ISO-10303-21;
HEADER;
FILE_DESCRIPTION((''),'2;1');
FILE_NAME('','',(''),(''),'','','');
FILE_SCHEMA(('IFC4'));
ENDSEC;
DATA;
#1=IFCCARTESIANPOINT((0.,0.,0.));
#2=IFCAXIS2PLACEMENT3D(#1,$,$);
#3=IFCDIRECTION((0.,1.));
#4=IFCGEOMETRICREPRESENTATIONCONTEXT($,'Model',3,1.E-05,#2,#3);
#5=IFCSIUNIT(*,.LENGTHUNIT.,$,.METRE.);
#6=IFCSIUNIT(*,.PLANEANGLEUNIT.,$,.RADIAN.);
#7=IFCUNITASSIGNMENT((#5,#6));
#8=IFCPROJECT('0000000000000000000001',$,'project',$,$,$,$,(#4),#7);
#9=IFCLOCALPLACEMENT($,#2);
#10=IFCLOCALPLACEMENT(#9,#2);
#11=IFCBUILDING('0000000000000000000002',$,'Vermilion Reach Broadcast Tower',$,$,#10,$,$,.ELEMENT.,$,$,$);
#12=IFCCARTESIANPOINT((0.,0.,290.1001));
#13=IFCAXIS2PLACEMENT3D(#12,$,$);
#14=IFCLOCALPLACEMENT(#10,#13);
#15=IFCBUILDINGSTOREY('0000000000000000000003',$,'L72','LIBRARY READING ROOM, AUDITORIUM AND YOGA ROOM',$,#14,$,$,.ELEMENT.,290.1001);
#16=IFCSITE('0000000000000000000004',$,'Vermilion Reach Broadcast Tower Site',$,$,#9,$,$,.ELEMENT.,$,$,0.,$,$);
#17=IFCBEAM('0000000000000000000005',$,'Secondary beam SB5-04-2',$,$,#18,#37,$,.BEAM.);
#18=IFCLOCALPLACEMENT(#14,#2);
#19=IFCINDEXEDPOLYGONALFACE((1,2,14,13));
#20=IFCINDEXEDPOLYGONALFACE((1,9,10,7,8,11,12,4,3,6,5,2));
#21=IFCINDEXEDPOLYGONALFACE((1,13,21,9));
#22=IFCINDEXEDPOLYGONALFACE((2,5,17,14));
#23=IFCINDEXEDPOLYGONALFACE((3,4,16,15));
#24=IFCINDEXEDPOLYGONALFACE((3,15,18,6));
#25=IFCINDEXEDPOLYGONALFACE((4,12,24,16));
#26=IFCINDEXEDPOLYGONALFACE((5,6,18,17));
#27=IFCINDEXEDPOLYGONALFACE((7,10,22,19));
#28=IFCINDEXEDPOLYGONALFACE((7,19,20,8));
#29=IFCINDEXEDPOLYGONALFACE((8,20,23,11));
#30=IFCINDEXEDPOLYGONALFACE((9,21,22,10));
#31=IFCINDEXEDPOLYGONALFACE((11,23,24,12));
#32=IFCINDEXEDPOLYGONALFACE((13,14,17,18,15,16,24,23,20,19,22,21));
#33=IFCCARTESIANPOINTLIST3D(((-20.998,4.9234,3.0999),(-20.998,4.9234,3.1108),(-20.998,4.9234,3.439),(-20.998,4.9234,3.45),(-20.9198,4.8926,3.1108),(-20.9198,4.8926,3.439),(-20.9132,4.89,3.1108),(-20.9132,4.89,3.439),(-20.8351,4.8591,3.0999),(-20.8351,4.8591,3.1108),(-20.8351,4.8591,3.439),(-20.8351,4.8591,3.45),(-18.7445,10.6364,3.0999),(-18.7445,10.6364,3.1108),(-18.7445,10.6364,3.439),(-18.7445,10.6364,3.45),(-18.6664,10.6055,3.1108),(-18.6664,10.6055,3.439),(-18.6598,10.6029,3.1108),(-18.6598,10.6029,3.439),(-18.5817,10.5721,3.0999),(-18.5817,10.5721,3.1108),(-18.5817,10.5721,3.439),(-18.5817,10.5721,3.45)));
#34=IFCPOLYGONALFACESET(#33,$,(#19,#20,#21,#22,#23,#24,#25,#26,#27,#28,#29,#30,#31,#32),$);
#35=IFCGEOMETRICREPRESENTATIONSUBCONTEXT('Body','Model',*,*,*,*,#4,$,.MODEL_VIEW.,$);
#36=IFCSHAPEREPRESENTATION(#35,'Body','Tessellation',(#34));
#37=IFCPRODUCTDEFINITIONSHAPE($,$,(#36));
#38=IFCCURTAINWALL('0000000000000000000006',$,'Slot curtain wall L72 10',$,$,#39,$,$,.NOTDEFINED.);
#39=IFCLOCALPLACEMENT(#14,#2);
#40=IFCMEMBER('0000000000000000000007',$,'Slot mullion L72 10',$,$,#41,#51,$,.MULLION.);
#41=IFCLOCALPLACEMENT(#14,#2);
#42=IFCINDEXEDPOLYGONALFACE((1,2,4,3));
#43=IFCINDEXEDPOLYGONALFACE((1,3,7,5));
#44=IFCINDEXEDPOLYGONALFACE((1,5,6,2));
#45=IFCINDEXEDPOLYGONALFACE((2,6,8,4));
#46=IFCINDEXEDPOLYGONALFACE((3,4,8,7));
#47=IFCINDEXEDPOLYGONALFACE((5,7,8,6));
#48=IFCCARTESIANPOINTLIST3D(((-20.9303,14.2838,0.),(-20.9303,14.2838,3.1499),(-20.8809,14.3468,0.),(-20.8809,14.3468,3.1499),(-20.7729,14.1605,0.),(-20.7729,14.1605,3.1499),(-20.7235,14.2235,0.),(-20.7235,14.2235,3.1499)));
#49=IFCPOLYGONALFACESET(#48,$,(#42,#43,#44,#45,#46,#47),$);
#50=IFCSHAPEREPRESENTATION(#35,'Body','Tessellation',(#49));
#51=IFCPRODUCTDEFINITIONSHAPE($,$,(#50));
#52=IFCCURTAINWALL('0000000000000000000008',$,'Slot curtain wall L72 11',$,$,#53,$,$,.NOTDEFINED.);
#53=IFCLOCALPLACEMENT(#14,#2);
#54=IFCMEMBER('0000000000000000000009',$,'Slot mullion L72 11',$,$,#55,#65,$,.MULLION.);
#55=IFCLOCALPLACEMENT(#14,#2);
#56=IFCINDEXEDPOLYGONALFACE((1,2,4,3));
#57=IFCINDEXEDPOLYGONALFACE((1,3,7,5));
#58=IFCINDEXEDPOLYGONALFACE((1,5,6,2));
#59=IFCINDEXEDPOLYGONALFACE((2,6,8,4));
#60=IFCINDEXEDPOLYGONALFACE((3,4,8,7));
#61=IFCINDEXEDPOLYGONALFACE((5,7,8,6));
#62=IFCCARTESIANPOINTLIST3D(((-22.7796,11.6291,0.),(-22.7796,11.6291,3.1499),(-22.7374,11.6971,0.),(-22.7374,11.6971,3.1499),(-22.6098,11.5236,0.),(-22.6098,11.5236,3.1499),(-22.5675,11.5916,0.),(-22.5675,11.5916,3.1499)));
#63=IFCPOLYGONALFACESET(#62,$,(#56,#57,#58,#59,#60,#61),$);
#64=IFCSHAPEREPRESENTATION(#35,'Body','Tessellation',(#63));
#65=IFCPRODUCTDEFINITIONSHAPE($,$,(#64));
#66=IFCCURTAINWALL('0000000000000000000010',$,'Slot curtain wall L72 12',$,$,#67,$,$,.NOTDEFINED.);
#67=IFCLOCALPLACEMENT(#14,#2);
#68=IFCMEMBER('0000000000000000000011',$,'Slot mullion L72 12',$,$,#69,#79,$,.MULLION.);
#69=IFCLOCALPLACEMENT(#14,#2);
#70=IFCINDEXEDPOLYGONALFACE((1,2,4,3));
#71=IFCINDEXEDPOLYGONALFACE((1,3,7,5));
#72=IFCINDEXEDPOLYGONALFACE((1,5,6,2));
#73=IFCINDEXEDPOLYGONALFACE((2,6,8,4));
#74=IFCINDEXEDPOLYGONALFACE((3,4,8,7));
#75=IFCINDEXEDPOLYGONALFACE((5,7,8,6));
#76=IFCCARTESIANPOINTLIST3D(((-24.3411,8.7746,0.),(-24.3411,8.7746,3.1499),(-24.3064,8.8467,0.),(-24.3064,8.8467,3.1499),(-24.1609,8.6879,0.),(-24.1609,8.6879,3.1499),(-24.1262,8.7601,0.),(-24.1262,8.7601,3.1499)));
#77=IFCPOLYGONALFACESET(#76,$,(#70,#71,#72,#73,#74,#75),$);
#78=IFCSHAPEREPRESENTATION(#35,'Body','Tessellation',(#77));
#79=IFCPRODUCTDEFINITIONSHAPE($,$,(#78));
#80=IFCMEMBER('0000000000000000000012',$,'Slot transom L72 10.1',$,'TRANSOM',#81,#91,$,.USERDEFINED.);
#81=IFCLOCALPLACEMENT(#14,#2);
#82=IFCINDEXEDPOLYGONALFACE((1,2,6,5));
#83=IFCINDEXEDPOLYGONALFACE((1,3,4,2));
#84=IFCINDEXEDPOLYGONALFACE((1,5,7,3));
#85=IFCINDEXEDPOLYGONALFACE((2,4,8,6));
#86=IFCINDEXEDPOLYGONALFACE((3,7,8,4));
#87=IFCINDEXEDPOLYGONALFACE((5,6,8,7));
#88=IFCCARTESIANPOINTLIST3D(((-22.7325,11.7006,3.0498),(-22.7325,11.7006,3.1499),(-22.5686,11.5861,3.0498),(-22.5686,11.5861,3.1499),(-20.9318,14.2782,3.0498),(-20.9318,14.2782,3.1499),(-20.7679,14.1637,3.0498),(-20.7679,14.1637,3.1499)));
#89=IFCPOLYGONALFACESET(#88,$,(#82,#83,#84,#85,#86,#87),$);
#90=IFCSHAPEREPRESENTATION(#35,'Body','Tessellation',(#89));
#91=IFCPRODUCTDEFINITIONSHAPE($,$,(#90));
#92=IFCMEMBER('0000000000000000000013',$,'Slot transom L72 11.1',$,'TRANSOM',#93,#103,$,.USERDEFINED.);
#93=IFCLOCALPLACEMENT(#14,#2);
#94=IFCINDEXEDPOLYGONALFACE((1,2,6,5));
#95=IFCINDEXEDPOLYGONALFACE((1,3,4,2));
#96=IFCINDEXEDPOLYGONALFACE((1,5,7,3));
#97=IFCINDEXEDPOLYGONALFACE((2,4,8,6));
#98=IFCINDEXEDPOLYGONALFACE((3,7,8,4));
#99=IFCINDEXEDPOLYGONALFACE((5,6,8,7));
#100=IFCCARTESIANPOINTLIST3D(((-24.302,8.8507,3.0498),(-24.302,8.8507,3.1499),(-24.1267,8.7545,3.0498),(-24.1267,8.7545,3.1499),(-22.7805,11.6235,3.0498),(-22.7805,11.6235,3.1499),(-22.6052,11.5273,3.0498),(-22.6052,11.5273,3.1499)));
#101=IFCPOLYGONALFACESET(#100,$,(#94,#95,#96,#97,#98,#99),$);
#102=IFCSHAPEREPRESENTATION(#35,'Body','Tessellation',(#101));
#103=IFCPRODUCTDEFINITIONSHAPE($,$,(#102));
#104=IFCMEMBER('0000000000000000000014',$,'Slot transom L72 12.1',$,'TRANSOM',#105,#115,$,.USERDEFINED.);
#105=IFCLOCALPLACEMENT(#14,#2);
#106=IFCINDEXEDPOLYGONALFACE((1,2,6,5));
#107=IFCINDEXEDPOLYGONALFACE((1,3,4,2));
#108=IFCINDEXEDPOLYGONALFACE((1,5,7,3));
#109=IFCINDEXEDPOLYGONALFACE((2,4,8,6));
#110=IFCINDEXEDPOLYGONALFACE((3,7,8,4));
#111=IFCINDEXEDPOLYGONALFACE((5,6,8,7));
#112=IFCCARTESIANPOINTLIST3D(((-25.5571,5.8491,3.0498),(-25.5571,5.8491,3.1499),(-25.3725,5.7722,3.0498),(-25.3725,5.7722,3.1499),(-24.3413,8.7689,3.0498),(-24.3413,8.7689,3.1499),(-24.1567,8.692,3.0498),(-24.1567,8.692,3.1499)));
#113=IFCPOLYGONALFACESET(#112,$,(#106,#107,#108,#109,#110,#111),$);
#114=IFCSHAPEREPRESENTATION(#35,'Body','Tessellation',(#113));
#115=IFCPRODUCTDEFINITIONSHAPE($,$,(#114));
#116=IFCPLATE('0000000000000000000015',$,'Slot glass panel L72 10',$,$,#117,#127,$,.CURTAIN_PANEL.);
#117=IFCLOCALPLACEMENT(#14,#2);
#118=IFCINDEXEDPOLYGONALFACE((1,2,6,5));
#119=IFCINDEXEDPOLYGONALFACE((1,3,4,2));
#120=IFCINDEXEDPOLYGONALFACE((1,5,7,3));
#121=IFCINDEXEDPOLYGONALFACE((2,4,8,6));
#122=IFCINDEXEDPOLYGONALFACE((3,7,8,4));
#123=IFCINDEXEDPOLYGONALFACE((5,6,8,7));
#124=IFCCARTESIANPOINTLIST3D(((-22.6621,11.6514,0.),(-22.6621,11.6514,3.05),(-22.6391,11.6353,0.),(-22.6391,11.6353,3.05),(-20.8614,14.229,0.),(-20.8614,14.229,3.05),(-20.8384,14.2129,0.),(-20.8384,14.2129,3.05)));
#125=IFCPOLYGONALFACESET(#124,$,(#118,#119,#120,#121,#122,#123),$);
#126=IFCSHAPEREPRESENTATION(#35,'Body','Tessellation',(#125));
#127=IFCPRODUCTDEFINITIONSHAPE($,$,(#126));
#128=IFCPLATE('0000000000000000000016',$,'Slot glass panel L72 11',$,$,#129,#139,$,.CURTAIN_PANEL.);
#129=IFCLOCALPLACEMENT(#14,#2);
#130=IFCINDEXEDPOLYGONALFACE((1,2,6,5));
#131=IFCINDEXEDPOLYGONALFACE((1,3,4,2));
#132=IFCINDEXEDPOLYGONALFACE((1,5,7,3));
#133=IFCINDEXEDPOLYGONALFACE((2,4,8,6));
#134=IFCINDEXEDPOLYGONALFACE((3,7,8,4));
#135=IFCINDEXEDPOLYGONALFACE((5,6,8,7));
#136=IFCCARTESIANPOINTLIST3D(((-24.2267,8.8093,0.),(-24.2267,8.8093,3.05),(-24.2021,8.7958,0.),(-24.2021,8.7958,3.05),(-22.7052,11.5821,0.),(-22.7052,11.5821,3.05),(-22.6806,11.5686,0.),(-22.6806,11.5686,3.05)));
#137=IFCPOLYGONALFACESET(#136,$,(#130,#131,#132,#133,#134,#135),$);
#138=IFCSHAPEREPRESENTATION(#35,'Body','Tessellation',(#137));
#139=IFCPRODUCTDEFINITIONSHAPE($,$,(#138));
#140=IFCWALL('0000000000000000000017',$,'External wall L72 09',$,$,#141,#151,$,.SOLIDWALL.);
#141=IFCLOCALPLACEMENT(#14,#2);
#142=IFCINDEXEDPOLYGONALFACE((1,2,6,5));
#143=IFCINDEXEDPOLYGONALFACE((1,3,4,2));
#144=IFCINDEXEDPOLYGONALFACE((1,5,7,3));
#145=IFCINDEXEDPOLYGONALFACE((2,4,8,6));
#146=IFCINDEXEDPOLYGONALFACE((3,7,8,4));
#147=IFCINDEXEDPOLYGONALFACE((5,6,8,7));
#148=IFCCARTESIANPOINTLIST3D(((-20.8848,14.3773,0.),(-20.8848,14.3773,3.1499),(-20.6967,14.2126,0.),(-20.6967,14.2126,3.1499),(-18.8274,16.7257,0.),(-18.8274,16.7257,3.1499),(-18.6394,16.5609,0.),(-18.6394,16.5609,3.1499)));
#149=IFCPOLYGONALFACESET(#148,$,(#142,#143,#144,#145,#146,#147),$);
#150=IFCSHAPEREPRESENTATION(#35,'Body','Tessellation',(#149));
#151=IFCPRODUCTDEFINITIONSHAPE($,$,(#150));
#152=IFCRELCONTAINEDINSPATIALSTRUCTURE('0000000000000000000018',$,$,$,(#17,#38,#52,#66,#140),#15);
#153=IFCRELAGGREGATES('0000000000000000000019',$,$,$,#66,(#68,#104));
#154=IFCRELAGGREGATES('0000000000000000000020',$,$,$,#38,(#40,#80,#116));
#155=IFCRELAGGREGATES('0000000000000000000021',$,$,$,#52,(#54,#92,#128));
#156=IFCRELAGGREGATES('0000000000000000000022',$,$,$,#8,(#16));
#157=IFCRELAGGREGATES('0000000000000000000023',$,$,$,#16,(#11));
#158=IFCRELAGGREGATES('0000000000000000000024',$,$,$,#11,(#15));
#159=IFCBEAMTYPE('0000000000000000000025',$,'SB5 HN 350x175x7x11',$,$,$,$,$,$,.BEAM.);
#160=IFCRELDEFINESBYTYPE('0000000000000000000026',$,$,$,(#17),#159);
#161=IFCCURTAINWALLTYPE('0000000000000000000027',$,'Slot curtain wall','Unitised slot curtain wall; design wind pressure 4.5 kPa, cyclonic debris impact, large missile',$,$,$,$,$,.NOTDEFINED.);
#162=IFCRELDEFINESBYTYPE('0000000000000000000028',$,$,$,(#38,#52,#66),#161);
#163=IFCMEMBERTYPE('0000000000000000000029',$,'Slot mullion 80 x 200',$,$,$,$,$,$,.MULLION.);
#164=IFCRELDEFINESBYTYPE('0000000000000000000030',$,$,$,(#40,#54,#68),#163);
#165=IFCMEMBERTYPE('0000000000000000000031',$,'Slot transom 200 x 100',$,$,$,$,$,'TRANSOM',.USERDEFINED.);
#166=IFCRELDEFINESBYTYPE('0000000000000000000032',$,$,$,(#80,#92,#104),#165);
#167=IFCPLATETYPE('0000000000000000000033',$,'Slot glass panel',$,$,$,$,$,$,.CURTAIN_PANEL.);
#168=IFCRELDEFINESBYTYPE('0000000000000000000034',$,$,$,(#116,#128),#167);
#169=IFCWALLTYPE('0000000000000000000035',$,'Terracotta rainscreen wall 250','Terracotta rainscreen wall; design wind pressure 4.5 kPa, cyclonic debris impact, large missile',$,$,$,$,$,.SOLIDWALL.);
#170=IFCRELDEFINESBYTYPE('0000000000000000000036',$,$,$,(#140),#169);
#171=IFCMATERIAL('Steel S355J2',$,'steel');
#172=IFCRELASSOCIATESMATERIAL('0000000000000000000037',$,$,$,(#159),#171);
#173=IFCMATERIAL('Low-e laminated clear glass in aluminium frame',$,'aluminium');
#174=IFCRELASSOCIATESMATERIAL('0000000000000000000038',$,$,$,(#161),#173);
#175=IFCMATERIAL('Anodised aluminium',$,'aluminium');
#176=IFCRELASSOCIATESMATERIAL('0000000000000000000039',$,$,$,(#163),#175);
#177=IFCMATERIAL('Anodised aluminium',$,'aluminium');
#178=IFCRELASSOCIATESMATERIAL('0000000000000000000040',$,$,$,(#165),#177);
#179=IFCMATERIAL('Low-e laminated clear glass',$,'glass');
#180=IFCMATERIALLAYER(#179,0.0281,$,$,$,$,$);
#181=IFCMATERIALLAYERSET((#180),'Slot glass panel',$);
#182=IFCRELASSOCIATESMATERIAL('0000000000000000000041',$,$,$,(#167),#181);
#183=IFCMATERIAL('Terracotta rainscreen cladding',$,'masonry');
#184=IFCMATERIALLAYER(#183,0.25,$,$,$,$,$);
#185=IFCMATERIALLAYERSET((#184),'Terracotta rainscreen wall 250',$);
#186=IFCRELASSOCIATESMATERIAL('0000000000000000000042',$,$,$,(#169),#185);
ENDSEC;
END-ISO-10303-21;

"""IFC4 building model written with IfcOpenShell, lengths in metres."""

from ifc_helpers import new_model, si_unit, direction, frame, frame_2d, origin, origin_2d, place, context, subcontext, project, spatial, rectangle, i_section, extrude, material, layer, layer_set, material_profile, profile_set, type_object, element, aggregate, save


model = new_model("IFC4")

# Units and contexts
model_context = context("Model", 3, precision=1e-05, world=origin(), true_north=direction((0.0, 1.0)))
body_context = subcontext(model_context, "Body", "Model", "MODEL_VIEW")
ifc_project = project(units=[si_unit("LENGTHUNIT", "METRE"), si_unit("PLANEANGLEUNIT", "RADIAN")], contexts=[model_context])

# Site, building, storey
site_placement = place(None, origin())
site = spatial("IfcSite", under=ifc_project, at=site_placement, Name="Vermilion Reach Broadcast Tower Site", CompositionType="ELEMENT", RefElevation=0.0)
building_placement = place(site_placement, origin())
building = spatial("IfcBuilding", under=site, at=building_placement, Name="Vermilion Reach Broadcast Tower", CompositionType="ELEMENT")
storey_placement = place(building_placement, frame((0.0, 0.0, 290.1001)))
storey = spatial("IfcBuildingStorey", under=building, at=storey_placement, Name="L72", Description="LIBRARY READING ROOM, AUDITORIUM AND YOGA ROOM", CompositionType="ELEMENT", Elevation=290.1001)

# Beam
ifc_material_1 = material(Name="Steel S355J2", Category="steel")
ifc_material_profile_1 = material_profile(ifc_material_1, i_section(OverallWidth=0.175, OverallDepth=0.3501, WebThickness=0.0071, FlangeThickness=0.011, at=origin_2d()), Name="S355J2 HN 350x175x7x11")
ifc_profile_set_1 = profile_set([ifc_material_profile_1], Name="Steel S355J2")
beam_type_1 = type_object("IfcBeamType", Name="SB5 HN 350x175x7x11", PredefinedType="BEAM", material=ifc_profile_set_1)
beam_1_placement = place(storey_placement, frame((-18.6631, 10.6042, 3.2749), z_axis=(-0.366931, -0.930248, 0.0), x_axis=(0.930248, -0.366931, 0.0)))
element("IfcBeam", 1, at=beam_1_placement, inside=storey, type_object=beam_type_1, Name="Secondary beam SB5-04-2", PredefinedType="BEAM", context=body_context, shape_type="SweptSolid", body=[
    extrude(i_section(OverallWidth=0.175, OverallDepth=0.3501, WebThickness=0.0071, FlangeThickness=0.011, at=origin_2d()), origin(), (0.0, 0.0, 1.0), 6.1414),
])

# Curtain walls, members
ifc_material_2 = material(Name="Low-e laminated clear glass in aluminium frame", Category="aluminium")
curtain_wall_type = type_object("IfcCurtainWallType", Name="Slot curtain wall", Description="Unitised slot curtain wall; design wind pressure 4.5 kPa, cyclonic debris impact, large missile", PredefinedType="NOTDEFINED", material=ifc_material_2)
placement = place(storey_placement, origin())
curtain_wall_1 = element("IfcCurtainWall", 2, at=placement, inside=storey, type_object=curtain_wall_type, Name="Slot curtain wall L72 10", PredefinedType="NOTDEFINED")
ifc_material_3 = material(Name="Anodised aluminium", Category="aluminium")
ifc_material_profile_2 = material_profile(ifc_material_3, rectangle(XDim=0.2, YDim=0.0801, at=origin_2d()), Name="Slot mullion 80 x 200")
ifc_profile_set_2 = profile_set([ifc_material_profile_2], Name="Anodised aluminium")
member_type_1 = type_object("IfcMemberType", Name="Slot mullion 80 x 200", PredefinedType="MULLION", material=ifc_profile_set_2)
member_1_placement = place(storey_placement, frame((-20.8269, 14.2537, 0.0), z_axis=(0.0, 0.0, 1.0), x_axis=(0.78714, -0.616775, 0.0)))
member_1 = element("IfcMember", 3, at=member_1_placement, type_object=member_type_1, Name="Slot mullion L72 10", PredefinedType="MULLION", context=body_context, shape_type="SweptSolid", body=[
    extrude(rectangle(XDim=0.2, YDim=0.0801, at=origin_2d()), origin(), (0.0, 0.0, 1.0), 3.1499),
])
curtain_wall_2 = element("IfcCurtainWall", 4, at=placement, inside=storey, type_object=curtain_wall_type, Name="Slot curtain wall L72 11", PredefinedType="NOTDEFINED")
member_2_placement = place(storey_placement, frame((-22.6736, 11.6104, 0.0), z_axis=(0.0, 0.0, 1.0), x_axis=(0.84947, -0.527637, 0.0)))
member_2 = element("IfcMember", 5, at=member_2_placement, type_object=member_type_1, Name="Slot mullion L72 11", PredefinedType="MULLION", context=body_context, shape_type="SweptSolid", body=[
    extrude(rectangle(XDim=0.2, YDim=0.0801, at=origin_2d()), origin(), (0.0, 0.0, 1.0), 3.1499),
])
curtain_wall_3 = element("IfcCurtainWall", 6, at=placement, inside=storey, type_object=curtain_wall_type, Name="Slot curtain wall L72 12", PredefinedType="NOTDEFINED")
member_3_placement = place(storey_placement, frame((-24.2336, 8.7673, 0.0), z_axis=(0.0, 0.0, 1.0), x_axis=(0.901228, -0.433344, 0.0)))
member_3 = element("IfcMember", 7, at=member_3_placement, type_object=member_type_1, Name="Slot mullion L72 12", PredefinedType="MULLION", context=body_context, shape_type="SweptSolid", body=[
    extrude(rectangle(XDim=0.2, YDim=0.0801, at=origin_2d()), origin(), (0.0, 0.0, 1.0), 3.1499),
])

# Members
ifc_material_4 = material(Name="Anodised aluminium", Category="aluminium")
ifc_material_profile_3 = material_profile(ifc_material_4, rectangle(XDim=0.2, YDim=0.1001, at=origin_2d()), Name="Slot transom 200 x 100")
ifc_profile_set_3 = profile_set([ifc_material_profile_3], Name="Anodised aluminium")
member_type_2 = type_object("IfcMemberType", Name="Slot transom 200 x 100", ElementType="TRANSOM", PredefinedType="USERDEFINED", material=ifc_profile_set_3)
member_4_placement = place(storey_placement, frame((-20.8499, 14.2209, 3.0999), z_axis=(-0.572701, -0.819764, 0.0), x_axis=(0.819764, -0.572701, 0.0)))
member_4 = element("IfcMember", 8, at=member_4_placement, type_object=member_type_2, Name="Slot transom L72 10.1", ObjectType="TRANSOM", PredefinedType="USERDEFINED", context=body_context, shape_type="SweptSolid", body=[
    extrude(rectangle(XDim=0.2, YDim=0.1001, at=origin_2d()), origin(), (0.0, 0.0, 1.0), 3.1443),
])
member_5_placement = place(storey_placement, frame((-22.6929, 11.5754, 3.0999), z_axis=(-0.481036, -0.876701, 0.0), x_axis=(0.876701, -0.481036, 0.0)))
member_5 = element("IfcMember", 9, at=member_5_placement, type_object=member_type_2, Name="Slot transom L72 11.1", ObjectType="TRANSOM", PredefinedType="USERDEFINED", context=body_context, shape_type="SweptSolid", body=[
    extrude(rectangle(XDim=0.2, YDim=0.1001, at=origin_2d()), origin(), (0.0, 0.0, 1.0), 3.1628),
])
member_6_placement = place(storey_placement, frame((-24.249, 8.7305, 3.0999), z_axis=(-0.384396, -0.923168, 0.0), x_axis=(0.923168, -0.384396, 0.0)))
member_6 = element("IfcMember", 10, at=member_6_placement, type_object=member_type_2, Name="Slot transom L72 12.1", ObjectType="TRANSOM", PredefinedType="USERDEFINED", context=body_context, shape_type="SweptSolid", body=[
    extrude(rectangle(XDim=0.2, YDim=0.1001, at=origin_2d()), origin(), (0.0, 0.0, 1.0), 3.1628),
])
aggregate(curtain_wall_3, [member_3, member_6])

# Plates
ifc_material_5 = material(Name="Low-e laminated clear glass", Category="glass")
ifc_layer_1 = layer(ifc_material_5, 0.0281)
ifc_layer_set_1 = layer_set([ifc_layer_1], Name="Slot glass panel")
plate_type = type_object("IfcPlateType", Name="Slot glass panel", PredefinedType="CURTAIN_PANEL", material=ifc_layer_set_1)
plate_1_placement = place(storey_placement, frame((-21.7502, 12.9321, 0.0), z_axis=(0.0, 0.0, 1.0), x_axis=(-0.572683, -0.819777, 0.0)))
plate_1 = element("IfcPlate", 11, at=plate_1_placement, type_object=plate_type, Name="Slot glass panel L72 10", PredefinedType="CURTAIN_PANEL", context=body_context, shape_type="SweptSolid", body=[
    extrude(rectangle(XDim=3.1443, YDim=0.0281, at=origin_2d()), origin(), (0.0, 0.0, 1.0), 3.05),
])
aggregate(curtain_wall_1, [member_1, member_4, plate_1])
plate_2_placement = place(storey_placement, frame((-23.4536, 10.189, 0.0), z_axis=(0.0, 0.0, 1.0), x_axis=(-0.481055, -0.876691, 0.0)))
plate_2 = element("IfcPlate", 12, at=plate_2_placement, type_object=plate_type, Name="Slot glass panel L72 11", PredefinedType="CURTAIN_PANEL", context=body_context, shape_type="SweptSolid", body=[
    extrude(rectangle(XDim=3.1628, YDim=0.0281, at=origin_2d()), origin(), (0.0, 0.0, 1.0), 3.05),
])
aggregate(curtain_wall_2, [member_2, member_5, plate_2])

# Wall
ifc_material_6 = material(Name="Terracotta rainscreen cladding", Category="masonry")
ifc_layer_2 = layer(ifc_material_6, 0.25)
ifc_layer_set_2 = layer_set([ifc_layer_2], Name="Terracotta rainscreen wall 250")
wall_type_1 = type_object("IfcWallType", Name="Terracotta rainscreen wall 250", Description="Terracotta rainscreen wall; design wind pressure 4.5 kPa, cyclonic debris impact, large missile", PredefinedType="SOLIDWALL", material=ifc_layer_set_2)
wall_1_placement = place(storey_placement, frame((-18.7334, 16.6433, 0.0), z_axis=(0.0, 0.0, 1.0), x_axis=(-0.658964, -0.752174, 0.0)))
element("IfcWall", 13, at=wall_1_placement, inside=storey, type_object=wall_type_1, Name="External wall L72 09", PredefinedType="SOLIDWALL", context=body_context, shape_type="SweptSolid", body=[
    extrude(rectangle(XDim=3.1221, YDim=0.25, at=frame_2d((1.561, 0.0))), origin(), (0.0, 0.0, 1.0), 3.1499),
])

save(model, "model.ifc")
